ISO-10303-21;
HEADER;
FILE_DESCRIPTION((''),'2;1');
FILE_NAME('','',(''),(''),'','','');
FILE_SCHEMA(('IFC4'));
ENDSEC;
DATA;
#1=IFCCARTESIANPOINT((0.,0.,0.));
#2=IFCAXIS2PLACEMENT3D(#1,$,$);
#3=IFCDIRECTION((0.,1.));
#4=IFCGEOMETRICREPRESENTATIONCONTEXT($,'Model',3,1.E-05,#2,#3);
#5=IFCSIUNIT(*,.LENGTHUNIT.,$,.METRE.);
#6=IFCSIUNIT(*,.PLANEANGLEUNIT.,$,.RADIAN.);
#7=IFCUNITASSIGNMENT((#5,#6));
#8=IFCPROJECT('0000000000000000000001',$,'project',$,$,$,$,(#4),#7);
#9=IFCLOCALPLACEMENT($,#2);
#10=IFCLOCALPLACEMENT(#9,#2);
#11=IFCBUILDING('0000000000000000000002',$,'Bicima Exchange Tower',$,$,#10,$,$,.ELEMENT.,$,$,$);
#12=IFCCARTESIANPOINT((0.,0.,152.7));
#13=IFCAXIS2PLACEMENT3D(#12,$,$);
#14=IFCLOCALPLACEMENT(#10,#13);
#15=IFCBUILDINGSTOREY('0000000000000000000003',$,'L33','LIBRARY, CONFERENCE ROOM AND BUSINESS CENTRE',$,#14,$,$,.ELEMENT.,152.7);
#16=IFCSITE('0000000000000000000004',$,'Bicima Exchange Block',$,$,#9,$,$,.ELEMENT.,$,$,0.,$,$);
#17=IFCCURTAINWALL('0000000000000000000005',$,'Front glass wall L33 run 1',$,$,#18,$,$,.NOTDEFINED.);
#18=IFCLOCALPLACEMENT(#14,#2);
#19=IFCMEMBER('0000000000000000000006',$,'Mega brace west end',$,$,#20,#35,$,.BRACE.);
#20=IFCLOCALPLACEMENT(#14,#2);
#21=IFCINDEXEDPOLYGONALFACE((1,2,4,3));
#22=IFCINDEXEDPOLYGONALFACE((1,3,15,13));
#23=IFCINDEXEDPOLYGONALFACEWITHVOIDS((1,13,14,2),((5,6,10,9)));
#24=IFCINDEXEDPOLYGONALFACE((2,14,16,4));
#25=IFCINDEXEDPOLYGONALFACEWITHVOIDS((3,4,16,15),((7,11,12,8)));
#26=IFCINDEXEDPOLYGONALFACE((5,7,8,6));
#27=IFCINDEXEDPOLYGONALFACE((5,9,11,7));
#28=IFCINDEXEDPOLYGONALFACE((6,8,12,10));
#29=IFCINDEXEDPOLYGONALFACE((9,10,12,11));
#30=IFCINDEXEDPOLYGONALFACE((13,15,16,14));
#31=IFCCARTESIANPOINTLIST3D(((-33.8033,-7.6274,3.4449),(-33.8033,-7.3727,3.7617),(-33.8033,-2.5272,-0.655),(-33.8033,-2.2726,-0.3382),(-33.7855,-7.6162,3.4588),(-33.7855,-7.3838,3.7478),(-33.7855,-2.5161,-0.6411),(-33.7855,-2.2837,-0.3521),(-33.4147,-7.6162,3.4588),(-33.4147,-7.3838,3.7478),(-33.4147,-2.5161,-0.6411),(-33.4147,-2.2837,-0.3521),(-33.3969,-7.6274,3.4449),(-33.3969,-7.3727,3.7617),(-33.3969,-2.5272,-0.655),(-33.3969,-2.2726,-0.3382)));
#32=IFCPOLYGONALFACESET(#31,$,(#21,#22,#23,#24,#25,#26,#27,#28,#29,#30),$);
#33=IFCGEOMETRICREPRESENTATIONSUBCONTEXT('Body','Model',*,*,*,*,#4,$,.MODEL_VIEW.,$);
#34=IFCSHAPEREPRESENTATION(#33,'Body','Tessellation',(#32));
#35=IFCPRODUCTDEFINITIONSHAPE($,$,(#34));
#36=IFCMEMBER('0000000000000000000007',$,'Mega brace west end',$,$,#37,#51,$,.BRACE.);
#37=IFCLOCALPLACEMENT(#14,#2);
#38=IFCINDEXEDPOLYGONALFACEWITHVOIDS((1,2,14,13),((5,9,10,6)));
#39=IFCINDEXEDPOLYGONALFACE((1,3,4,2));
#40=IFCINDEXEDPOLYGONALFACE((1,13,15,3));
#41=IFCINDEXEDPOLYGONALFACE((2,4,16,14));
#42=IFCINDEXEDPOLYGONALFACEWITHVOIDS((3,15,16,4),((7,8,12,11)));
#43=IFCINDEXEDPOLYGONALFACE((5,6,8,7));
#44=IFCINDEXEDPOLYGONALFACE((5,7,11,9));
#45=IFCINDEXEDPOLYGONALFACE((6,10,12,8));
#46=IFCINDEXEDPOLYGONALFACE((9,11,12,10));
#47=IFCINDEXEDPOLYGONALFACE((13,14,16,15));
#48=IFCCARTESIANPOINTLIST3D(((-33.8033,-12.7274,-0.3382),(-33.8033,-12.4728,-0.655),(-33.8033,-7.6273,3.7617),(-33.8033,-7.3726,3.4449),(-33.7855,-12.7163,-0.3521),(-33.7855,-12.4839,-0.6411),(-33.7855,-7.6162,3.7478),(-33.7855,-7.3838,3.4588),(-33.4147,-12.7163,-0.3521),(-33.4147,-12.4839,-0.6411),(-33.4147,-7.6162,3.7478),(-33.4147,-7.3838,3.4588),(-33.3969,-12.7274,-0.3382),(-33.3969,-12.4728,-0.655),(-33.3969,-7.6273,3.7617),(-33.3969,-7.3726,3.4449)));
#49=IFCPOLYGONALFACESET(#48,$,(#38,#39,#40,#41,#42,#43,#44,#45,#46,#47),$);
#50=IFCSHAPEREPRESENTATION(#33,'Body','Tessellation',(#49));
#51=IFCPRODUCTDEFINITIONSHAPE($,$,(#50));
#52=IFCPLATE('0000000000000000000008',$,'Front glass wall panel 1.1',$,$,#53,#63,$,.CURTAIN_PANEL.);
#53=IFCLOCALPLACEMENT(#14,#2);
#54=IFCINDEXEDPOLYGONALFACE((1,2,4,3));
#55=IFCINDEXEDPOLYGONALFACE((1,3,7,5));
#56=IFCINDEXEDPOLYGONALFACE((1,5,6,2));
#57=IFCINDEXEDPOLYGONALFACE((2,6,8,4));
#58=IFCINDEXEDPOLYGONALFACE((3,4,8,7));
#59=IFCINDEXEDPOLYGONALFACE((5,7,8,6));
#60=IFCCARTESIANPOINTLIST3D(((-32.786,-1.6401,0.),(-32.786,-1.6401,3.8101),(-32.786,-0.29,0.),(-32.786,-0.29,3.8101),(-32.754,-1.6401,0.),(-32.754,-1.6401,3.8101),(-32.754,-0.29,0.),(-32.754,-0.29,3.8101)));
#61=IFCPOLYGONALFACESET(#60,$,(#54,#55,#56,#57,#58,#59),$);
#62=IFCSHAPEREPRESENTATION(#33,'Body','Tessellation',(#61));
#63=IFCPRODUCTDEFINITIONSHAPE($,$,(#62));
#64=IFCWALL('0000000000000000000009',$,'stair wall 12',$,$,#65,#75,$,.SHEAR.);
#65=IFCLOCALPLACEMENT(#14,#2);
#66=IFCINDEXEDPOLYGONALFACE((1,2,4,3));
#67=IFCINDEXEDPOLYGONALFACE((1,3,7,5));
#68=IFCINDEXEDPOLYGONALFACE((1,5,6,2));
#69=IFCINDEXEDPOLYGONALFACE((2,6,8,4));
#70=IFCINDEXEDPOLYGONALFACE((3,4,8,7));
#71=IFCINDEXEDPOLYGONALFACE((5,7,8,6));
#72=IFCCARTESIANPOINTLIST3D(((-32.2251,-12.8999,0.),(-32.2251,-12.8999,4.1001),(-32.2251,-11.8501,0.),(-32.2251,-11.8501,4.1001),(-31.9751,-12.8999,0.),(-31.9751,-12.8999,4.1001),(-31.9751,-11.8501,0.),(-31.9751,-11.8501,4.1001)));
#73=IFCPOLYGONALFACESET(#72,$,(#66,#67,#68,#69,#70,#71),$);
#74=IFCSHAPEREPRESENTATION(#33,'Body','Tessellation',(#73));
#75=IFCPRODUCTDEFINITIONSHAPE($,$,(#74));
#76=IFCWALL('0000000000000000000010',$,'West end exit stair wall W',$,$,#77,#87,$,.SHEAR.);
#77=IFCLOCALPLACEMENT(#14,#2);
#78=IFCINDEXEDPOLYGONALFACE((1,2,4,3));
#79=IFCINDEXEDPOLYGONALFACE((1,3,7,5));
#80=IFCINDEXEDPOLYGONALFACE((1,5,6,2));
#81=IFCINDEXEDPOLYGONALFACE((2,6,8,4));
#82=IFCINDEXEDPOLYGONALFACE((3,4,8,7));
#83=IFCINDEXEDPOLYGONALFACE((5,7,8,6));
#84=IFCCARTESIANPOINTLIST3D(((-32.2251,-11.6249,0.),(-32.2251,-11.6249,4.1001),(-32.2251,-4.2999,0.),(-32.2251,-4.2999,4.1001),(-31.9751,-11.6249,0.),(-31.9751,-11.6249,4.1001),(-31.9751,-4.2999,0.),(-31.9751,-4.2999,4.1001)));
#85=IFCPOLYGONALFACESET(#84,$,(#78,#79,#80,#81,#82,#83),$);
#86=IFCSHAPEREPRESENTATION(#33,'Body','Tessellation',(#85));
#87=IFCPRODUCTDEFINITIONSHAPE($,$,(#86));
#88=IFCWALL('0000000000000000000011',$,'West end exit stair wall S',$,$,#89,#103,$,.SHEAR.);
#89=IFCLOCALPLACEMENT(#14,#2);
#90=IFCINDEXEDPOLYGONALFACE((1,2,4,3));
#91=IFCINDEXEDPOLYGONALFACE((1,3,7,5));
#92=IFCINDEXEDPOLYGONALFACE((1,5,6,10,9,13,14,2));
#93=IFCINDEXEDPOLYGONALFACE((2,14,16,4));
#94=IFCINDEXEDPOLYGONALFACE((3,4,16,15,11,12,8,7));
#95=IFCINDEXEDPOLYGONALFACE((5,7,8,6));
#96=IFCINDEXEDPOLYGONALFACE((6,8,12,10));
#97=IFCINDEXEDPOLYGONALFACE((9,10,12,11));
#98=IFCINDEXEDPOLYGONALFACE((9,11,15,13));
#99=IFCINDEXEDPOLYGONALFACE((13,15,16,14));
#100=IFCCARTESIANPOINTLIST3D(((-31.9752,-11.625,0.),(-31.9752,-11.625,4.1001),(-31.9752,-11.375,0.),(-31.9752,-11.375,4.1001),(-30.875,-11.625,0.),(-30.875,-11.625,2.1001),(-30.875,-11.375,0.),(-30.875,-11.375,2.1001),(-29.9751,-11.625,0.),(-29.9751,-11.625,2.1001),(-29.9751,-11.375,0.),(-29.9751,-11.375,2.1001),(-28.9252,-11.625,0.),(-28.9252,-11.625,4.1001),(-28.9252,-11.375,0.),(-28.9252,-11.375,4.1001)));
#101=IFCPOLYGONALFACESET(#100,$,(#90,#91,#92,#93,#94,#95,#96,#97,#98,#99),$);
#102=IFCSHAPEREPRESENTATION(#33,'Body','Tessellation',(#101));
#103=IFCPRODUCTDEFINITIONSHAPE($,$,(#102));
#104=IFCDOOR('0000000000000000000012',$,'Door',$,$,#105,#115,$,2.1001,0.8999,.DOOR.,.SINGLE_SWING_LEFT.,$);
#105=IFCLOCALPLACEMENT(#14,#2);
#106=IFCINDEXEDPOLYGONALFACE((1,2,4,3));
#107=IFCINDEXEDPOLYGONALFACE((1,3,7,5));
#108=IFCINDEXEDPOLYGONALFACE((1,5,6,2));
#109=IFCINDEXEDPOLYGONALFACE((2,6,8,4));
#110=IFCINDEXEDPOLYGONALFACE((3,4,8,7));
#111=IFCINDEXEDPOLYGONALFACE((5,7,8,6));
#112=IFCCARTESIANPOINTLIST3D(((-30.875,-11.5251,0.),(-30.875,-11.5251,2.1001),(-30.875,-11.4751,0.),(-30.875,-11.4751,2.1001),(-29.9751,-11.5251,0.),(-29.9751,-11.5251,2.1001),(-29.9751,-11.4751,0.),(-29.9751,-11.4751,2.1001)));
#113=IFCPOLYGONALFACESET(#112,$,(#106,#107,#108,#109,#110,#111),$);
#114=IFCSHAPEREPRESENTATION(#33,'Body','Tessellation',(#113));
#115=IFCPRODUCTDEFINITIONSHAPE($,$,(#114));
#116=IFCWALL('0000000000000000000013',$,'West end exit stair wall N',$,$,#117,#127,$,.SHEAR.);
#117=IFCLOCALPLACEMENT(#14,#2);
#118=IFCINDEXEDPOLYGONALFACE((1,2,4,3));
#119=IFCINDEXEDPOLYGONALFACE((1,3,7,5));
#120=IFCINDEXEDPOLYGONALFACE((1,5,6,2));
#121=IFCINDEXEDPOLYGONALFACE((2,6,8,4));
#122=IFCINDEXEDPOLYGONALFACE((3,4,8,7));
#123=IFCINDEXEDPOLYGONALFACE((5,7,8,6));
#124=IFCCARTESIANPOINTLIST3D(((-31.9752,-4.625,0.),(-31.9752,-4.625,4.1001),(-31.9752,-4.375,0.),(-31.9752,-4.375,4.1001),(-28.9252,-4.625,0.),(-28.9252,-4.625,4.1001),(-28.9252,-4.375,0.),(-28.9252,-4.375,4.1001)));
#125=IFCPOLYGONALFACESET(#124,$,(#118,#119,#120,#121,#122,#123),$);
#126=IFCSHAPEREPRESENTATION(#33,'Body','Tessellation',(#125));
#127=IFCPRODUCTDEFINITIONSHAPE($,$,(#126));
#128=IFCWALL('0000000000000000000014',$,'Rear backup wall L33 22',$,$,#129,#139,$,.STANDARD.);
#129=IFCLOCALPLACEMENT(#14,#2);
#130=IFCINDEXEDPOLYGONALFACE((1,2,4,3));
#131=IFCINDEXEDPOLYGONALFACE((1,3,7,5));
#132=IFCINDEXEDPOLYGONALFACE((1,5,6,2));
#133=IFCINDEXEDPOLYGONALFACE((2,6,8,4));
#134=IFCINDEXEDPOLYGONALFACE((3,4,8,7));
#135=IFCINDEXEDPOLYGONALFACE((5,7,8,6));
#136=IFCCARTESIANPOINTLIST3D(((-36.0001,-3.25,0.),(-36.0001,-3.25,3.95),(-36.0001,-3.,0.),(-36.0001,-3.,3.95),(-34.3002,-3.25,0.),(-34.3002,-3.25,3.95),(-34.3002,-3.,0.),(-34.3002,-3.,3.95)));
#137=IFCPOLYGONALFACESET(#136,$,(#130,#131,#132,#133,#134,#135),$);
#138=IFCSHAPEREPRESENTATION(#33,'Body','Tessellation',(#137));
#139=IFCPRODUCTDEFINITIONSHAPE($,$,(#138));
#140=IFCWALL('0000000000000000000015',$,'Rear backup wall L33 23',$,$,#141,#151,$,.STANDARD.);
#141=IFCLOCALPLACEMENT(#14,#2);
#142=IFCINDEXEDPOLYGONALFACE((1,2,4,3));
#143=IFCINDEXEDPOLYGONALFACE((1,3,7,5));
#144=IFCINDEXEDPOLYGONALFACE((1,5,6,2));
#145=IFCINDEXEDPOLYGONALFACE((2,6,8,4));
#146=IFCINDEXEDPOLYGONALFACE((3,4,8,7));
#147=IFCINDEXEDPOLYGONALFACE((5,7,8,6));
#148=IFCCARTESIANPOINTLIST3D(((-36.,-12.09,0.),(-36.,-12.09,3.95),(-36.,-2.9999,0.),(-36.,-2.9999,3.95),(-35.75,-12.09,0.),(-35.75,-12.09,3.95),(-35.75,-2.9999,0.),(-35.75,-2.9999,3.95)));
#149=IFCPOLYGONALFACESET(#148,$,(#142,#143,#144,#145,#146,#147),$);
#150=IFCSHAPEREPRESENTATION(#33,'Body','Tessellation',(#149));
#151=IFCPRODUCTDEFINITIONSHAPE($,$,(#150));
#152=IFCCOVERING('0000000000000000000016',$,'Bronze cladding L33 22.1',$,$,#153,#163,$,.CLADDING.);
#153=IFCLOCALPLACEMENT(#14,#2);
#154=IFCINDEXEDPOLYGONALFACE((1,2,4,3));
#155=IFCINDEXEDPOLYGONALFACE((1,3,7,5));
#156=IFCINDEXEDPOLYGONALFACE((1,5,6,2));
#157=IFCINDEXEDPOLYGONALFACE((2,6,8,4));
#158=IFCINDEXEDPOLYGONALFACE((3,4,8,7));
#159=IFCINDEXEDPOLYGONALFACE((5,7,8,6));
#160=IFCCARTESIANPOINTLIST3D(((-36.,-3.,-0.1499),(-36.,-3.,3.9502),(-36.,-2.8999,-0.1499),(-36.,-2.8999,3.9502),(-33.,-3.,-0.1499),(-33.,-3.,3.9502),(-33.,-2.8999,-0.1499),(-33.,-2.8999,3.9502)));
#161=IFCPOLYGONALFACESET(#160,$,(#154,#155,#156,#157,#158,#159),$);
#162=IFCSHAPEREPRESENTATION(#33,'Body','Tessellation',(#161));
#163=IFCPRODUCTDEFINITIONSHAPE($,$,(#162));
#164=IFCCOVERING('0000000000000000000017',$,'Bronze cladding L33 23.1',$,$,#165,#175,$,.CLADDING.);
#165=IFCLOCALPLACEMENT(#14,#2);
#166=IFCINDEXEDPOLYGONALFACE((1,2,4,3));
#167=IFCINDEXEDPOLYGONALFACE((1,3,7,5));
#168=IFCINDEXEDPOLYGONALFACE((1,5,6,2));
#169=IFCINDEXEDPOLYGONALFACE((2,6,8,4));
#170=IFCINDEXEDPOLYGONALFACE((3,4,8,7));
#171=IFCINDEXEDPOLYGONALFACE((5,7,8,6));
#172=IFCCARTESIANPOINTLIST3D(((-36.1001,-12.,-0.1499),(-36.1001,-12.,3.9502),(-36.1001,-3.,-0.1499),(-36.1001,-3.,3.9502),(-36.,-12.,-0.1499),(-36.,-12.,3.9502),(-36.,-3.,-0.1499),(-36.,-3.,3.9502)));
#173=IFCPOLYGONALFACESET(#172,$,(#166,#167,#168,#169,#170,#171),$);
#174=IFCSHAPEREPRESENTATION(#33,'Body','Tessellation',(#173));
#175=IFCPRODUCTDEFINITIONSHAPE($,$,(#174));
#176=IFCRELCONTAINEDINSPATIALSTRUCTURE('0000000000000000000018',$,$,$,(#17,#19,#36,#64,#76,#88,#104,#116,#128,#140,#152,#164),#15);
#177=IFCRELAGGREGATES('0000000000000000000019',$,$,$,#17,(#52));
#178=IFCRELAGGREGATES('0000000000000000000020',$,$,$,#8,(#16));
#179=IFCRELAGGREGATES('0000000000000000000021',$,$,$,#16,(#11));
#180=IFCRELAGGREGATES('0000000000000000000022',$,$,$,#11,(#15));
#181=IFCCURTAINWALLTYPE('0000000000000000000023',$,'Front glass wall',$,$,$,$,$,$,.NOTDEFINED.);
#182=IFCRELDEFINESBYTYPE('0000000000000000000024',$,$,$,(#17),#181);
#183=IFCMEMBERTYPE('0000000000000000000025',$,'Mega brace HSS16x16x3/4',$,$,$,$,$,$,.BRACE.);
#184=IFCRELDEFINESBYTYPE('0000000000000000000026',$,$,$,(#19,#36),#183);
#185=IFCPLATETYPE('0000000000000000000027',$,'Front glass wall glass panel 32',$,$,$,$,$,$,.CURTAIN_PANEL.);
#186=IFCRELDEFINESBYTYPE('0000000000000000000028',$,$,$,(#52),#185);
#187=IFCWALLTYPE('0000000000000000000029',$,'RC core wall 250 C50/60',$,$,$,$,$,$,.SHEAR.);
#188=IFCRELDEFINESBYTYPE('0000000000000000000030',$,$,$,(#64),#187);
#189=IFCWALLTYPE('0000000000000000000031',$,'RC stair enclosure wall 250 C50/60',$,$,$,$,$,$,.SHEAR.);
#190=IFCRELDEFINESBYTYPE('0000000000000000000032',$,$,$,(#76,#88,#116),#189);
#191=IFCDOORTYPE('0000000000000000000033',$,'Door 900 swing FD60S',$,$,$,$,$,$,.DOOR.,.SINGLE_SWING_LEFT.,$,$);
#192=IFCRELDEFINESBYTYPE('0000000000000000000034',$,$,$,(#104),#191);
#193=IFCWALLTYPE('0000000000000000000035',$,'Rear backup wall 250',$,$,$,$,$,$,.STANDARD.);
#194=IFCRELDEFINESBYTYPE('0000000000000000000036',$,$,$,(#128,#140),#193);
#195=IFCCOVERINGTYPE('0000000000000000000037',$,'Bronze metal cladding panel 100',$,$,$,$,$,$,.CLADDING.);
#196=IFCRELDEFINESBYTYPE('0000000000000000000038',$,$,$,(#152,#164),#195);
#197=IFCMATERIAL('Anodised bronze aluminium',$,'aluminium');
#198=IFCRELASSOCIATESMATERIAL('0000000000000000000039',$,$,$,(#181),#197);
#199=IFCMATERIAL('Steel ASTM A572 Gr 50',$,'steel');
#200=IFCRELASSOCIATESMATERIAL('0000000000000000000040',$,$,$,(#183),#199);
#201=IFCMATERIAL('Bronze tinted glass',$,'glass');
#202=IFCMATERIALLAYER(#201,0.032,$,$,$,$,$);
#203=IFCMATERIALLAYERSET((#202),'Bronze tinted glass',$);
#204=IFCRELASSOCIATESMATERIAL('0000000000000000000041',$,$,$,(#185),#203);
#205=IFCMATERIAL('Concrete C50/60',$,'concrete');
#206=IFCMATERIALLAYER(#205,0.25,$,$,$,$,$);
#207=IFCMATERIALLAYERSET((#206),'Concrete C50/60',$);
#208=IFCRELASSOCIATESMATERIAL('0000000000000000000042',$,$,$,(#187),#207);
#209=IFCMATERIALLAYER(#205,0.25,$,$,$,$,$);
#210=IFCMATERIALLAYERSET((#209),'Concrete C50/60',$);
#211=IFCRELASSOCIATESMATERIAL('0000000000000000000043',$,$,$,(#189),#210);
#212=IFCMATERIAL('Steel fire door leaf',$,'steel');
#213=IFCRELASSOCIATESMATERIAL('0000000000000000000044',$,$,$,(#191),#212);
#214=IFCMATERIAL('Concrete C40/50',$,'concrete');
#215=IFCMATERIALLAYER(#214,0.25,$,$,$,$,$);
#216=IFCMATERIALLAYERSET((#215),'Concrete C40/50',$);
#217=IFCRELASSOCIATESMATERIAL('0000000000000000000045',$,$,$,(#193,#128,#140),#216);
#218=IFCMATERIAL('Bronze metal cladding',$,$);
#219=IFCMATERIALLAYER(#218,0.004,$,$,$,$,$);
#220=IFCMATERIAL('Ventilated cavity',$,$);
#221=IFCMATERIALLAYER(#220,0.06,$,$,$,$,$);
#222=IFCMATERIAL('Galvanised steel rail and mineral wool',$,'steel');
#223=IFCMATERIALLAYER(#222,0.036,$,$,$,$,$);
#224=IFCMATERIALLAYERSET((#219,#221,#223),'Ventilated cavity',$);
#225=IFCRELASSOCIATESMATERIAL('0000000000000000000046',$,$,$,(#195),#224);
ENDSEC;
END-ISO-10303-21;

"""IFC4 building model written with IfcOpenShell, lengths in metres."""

from ifc_helpers import new_model, si_unit, direction, frame, frame_2d, origin, origin_2d, place, context, subcontext, project, spatial, rectangle, hollow_rectangle, extrude, material, layer, layer_set, layer_usage, material_profile, profile_set, type_object, element, fill, aggregate, save


model = new_model("IFC4")

# Units and contexts
model_context = context("Model", 3, precision=1e-05, world=origin(), true_north=direction((0.0, 1.0)))
body_context = subcontext(model_context, "Body", "Model", "MODEL_VIEW")
ifc_project = project(units=[si_unit("LENGTHUNIT", "METRE"), si_unit("PLANEANGLEUNIT", "RADIAN")], contexts=[model_context])

# Site, building, storey
site_placement = place(None, origin())
site = spatial("IfcSite", under=ifc_project, at=site_placement, Name="Bicima Exchange Block", CompositionType="ELEMENT", RefElevation=0.0)
building_placement = place(site_placement, origin())
building = spatial("IfcBuilding", under=site, at=building_placement, Name="Bicima Exchange Tower", CompositionType="ELEMENT")
storey_placement = place(building_placement, frame((0.0, 0.0, 152.7)))
storey = spatial("IfcBuildingStorey", under=building, at=storey_placement, Name="L33", Description="LIBRARY, CONFERENCE ROOM AND BUSINESS CENTRE", CompositionType="ELEMENT", Elevation=152.7)

# Shared definitions
ifc_material_1 = material(Name="Steel ASTM A572 Gr 50", Category="steel")

# Shared definitions
ifc_material_2 = material(Name="Anodised bronze aluminium", Category="aluminium")

# Curtain wall
curtain_wall_type_1 = type_object("IfcCurtainWallType", Name="Front glass wall", PredefinedType="NOTDEFINED", material=ifc_material_2)
curtain_wall_1_placement = place(storey_placement, origin())
curtain_wall_1 = element("IfcCurtainWall", 1, at=curtain_wall_1_placement, inside=storey, type_object=curtain_wall_type_1, Name="Front glass wall L33 run 1", PredefinedType="NOTDEFINED")

# Members
ifc_material_profile_1 = material_profile(ifc_material_1, hollow_rectangle(XDim=0.4065, YDim=0.4065, WallThickness=0.0178, at=origin_2d()))
ifc_profile_set_1 = profile_set([ifc_material_profile_1], Name="Steel ASTM A572 Gr 50")
member_type_1 = type_object("IfcMemberType", Name="Mega brace HSS16x16x3/4", PredefinedType="BRACE", material=ifc_profile_set_1)
for number, where, z_axis, x_axis, name in (
    (2, (-33.6001, -2.3999, -0.4966), (0.0, -0.779392, 0.626536), (1.0, 0.0, 0.0), "Mega brace west end"),
    (3, (-33.6001, -12.6001, -0.4966), (0.0, 0.779392, 0.626536), (-1.0, 0.0, 0.0), "Mega brace west end"),
):
    element("IfcMember", number, at=place(storey_placement, frame(where, z_axis=z_axis, x_axis=x_axis)), inside=storey, type_object=member_type_1, Name=name, PredefinedType="BRACE", context=body_context, shape_type="SweptSolid", body=[
        extrude(hollow_rectangle(XDim=0.4065, YDim=0.4065, WallThickness=0.0178, at=origin_2d()), origin(), (0.0, 0.0, 1.0), 6.5437),
    ])

# Plate
ifc_material_3 = material(Name="Bronze tinted glass", Category="glass")
ifc_layer_1 = layer(ifc_material_3, 0.032)
ifc_layer_set_1 = layer_set([ifc_layer_1], Name="Bronze tinted glass")
plate_type = type_object("IfcPlateType", Name="Front glass wall glass panel 32", PredefinedType="CURTAIN_PANEL", material=ifc_layer_set_1)
plate_placement = place(storey_placement, frame((-32.77, -0.9651, 0.0), z_axis=(0.0, 0.0, 1.0), x_axis=(0.0, -1.0, 0.0)))
plate = element("IfcPlate", 4, at=plate_placement, type_object=plate_type, Name="Front glass wall panel 1.1", PredefinedType="CURTAIN_PANEL", context=body_context, shape_type="SweptSolid", body=[
    extrude(rectangle(XDim=1.3501, YDim=0.032, at=origin_2d()), origin(), (0.0, 0.0, 1.0), 3.8101),
])
aggregate(curtain_wall_1, [plate])

# Walls
ifc_material_4 = material(Name="Concrete C50/60", Category="concrete")
ifc_layer_2 = layer(ifc_material_4, 0.25)
ifc_layer_set_2 = layer_set([ifc_layer_2], Name="Concrete C50/60")
wall_type_1 = type_object("IfcWallType", Name="RC core wall 250 C50/60", PredefinedType="SHEAR", material=ifc_layer_set_2)
wall_1_placement = place(storey_placement, frame((-32.1001, -12.8999, 0.0), z_axis=(0.0, 0.0, 1.0), x_axis=(0.0, 1.0, 0.0)))
element("IfcWall", 5, at=wall_1_placement, inside=storey, type_object=wall_type_1, Name="stair wall 12", PredefinedType="SHEAR", context=body_context, shape_type="SweptSolid", body=[
    extrude(rectangle(XDim=1.0498, YDim=0.25, at=frame_2d((0.5249, 0.0))), origin(), (0.0, 0.0, 1.0), 4.1001),
])
ifc_layer_3 = layer(ifc_material_4, 0.25)
ifc_layer_set_3 = layer_set([ifc_layer_3], Name="Concrete C50/60")
wall_type_2 = type_object("IfcWallType", Name="RC stair enclosure wall 250 C50/60", PredefinedType="SHEAR", material=ifc_layer_set_3)
wall_2_placement = place(storey_placement, frame((-32.1001, -11.625, 0.0), z_axis=(0.0, 0.0, 1.0), x_axis=(0.0, 1.0, 0.0)))
element("IfcWall", 6, at=wall_2_placement, inside=storey, type_object=wall_type_2, Name="West end exit stair wall W", PredefinedType="SHEAR", context=body_context, shape_type="SweptSolid", body=[
    extrude(rectangle(XDim=7.325, YDim=0.25, at=frame_2d((3.6626, 0.0))), origin(), (0.0, 0.0, 1.0), 4.1001),
])

# Wall, opening, door
wall_3_placement = place(storey_placement, frame((-31.9751, -11.5, 0.0), z_axis=(0.0, 0.0, 1.0), x_axis=(1.0, 0.0, 0.0)))
wall_3 = element("IfcWall", 7, at=wall_3_placement, inside=storey, type_object=wall_type_2, Name="West end exit stair wall S", PredefinedType="SHEAR", context=body_context, shape_type="SweptSolid", body=[
    extrude(rectangle(XDim=3.05, YDim=0.25, at=frame_2d((1.5249, 0.0))), origin(), (0.0, 0.0, 1.0), 4.1001),
])
opening_placement = place(wall_3_placement, frame((1.1001, 0.0, 0.0)))
opening = element("IfcOpeningElement", 8, at=opening_placement, cuts=wall_3, PredefinedType="OPENING", context=body_context, shape_type="SweptSolid", body=[
    extrude(rectangle(XDim=0.8999, YDim=2.1001, at=frame_2d((0.45, 1.05))), frame((0.0, 0.137, 0.0), z_axis=(0.0, -1.0, 0.0), x_axis=(1.0, 0.0, 0.0)), (0.0, 0.0, 1.0), 0.2739),
])
ifc_material_5 = material(Name="Steel fire door leaf", Category="steel")
door_type = type_object("IfcDoorType", Name="Door 900 swing FD60S", OperationType="SINGLE_SWING_LEFT", PredefinedType="DOOR", material=ifc_material_5)
door_placement = place(opening_placement, origin())
door = element("IfcDoor", 9, at=door_placement, inside=storey, type_object=door_type, Name="Door", OperationType="SINGLE_SWING_LEFT", OverallHeight=2.1001, OverallWidth=0.8999, PredefinedType="DOOR", context=body_context, shape_type="SweptSolid", body=[
    extrude(rectangle(XDim=0.8999, YDim=2.1001, at=frame_2d((0.45, 1.05))), frame((0.0, 0.0249, 0.0), z_axis=(0.0, -1.0, 0.0), x_axis=(1.0, 0.0, 0.0)), (0.0, 0.0, 1.0), 0.05),
])
fill(opening, door)

# Walls
wall_4_placement = place(storey_placement, frame((-31.9751, -4.5, 0.0), z_axis=(0.0, 0.0, 1.0), x_axis=(1.0, 0.0, 0.0)))
element("IfcWall", 10, at=wall_4_placement, inside=storey, type_object=wall_type_2, Name="West end exit stair wall N", PredefinedType="SHEAR", context=body_context, shape_type="SweptSolid", body=[
    extrude(rectangle(XDim=3.05, YDim=0.25, at=frame_2d((1.5249, 0.0))), origin(), (0.0, 0.0, 1.0), 4.1001),
])
ifc_material_6 = material(Name="Concrete C40/50", Category="concrete")
ifc_layer_4 = layer(ifc_material_6, 0.25)
ifc_layer_set_4 = layer_set([ifc_layer_4], Name="Concrete C40/50")
ifc_layer_usage = layer_usage(ifc_layer_set_4, "AXIS2", "POSITIVE", -0.125)
wall_type_3 = type_object("IfcWallType", Name="Rear backup wall 250", PredefinedType="STANDARD", material=ifc_layer_set_4)
wall_5_placement = place(storey_placement, frame((-34.3, -3.125, 0.0), z_axis=(0.0, 0.0, 1.0), x_axis=(-1.0, 0.0, 0.0)))
element("IfcWall", 11, at=wall_5_placement, inside=storey, type_object=wall_type_3, material=ifc_layer_usage, Name="Rear backup wall L33 22", PredefinedType="STANDARD", context=body_context, shape_type="SweptSolid", body=[
    extrude(rectangle(XDim=1.7, YDim=0.25, at=frame_2d((0.8501, 0.0))), origin(), (0.0, 0.0, 1.0), 3.95),
])
wall_6_placement = place(storey_placement, frame((-35.875, -3.0, 0.0), z_axis=(0.0, 0.0, 1.0), x_axis=(0.0, -1.0, 0.0)))
element("IfcWall", 12, at=wall_6_placement, inside=storey, type_object=wall_type_3, material=ifc_layer_usage, Name="Rear backup wall L33 23", PredefinedType="STANDARD", context=body_context, shape_type="SweptSolid", body=[
    extrude(rectangle(XDim=9.0901, YDim=0.25, at=frame_2d((4.5449, 0.0))), origin(), (0.0, 0.0, 1.0), 3.95),
])

# Coverings
ifc_material_7 = material(Name="Bronze metal cladding")
ifc_layer_5 = layer(ifc_material_7, 0.004)
ifc_material_8 = material(Name="Ventilated cavity")
ifc_layer_6 = layer(ifc_material_8, 0.06)
ifc_material_9 = material(Name="Galvanised steel rail and mineral wool", Category="steel")
ifc_layer_7 = layer(ifc_material_9, 0.036)
ifc_layer_set_5 = layer_set([ifc_layer_5, ifc_layer_6, ifc_layer_7], Name="Ventilated cavity")
covering_type = type_object("IfcCoveringType", Name="Bronze metal cladding panel 100", PredefinedType="CLADDING", material=ifc_layer_set_5)
covering_1_placement = place(storey_placement, frame((-34.5, -2.95, -0.1499), z_axis=(0.0, 0.0, 1.0), x_axis=(-1.0, 0.0, 0.0)))
element("IfcCovering", 13, at=covering_1_placement, inside=storey, type_object=covering_type, Name="Bronze cladding L33 22.1", PredefinedType="CLADDING", context=body_context, shape_type="SweptSolid", body=[
    extrude(rectangle(XDim=3.0, YDim=0.1001, at=origin_2d()), origin(), (0.0, 0.0, 1.0), 4.1001),
])
covering_2_placement = place(storey_placement, frame((-36.05, -7.5, -0.1499), z_axis=(0.0, 0.0, 1.0), x_axis=(0.0, -1.0, 0.0)))
element("IfcCovering", 14, at=covering_2_placement, inside=storey, type_object=covering_type, Name="Bronze cladding L33 23.1", PredefinedType="CLADDING", context=body_context, shape_type="SweptSolid", body=[
    extrude(rectangle(XDim=9.0, YDim=0.1001, at=origin_2d()), origin(), (0.0, 0.0, 1.0), 4.1001),
])

save(model, "model.ifc")
